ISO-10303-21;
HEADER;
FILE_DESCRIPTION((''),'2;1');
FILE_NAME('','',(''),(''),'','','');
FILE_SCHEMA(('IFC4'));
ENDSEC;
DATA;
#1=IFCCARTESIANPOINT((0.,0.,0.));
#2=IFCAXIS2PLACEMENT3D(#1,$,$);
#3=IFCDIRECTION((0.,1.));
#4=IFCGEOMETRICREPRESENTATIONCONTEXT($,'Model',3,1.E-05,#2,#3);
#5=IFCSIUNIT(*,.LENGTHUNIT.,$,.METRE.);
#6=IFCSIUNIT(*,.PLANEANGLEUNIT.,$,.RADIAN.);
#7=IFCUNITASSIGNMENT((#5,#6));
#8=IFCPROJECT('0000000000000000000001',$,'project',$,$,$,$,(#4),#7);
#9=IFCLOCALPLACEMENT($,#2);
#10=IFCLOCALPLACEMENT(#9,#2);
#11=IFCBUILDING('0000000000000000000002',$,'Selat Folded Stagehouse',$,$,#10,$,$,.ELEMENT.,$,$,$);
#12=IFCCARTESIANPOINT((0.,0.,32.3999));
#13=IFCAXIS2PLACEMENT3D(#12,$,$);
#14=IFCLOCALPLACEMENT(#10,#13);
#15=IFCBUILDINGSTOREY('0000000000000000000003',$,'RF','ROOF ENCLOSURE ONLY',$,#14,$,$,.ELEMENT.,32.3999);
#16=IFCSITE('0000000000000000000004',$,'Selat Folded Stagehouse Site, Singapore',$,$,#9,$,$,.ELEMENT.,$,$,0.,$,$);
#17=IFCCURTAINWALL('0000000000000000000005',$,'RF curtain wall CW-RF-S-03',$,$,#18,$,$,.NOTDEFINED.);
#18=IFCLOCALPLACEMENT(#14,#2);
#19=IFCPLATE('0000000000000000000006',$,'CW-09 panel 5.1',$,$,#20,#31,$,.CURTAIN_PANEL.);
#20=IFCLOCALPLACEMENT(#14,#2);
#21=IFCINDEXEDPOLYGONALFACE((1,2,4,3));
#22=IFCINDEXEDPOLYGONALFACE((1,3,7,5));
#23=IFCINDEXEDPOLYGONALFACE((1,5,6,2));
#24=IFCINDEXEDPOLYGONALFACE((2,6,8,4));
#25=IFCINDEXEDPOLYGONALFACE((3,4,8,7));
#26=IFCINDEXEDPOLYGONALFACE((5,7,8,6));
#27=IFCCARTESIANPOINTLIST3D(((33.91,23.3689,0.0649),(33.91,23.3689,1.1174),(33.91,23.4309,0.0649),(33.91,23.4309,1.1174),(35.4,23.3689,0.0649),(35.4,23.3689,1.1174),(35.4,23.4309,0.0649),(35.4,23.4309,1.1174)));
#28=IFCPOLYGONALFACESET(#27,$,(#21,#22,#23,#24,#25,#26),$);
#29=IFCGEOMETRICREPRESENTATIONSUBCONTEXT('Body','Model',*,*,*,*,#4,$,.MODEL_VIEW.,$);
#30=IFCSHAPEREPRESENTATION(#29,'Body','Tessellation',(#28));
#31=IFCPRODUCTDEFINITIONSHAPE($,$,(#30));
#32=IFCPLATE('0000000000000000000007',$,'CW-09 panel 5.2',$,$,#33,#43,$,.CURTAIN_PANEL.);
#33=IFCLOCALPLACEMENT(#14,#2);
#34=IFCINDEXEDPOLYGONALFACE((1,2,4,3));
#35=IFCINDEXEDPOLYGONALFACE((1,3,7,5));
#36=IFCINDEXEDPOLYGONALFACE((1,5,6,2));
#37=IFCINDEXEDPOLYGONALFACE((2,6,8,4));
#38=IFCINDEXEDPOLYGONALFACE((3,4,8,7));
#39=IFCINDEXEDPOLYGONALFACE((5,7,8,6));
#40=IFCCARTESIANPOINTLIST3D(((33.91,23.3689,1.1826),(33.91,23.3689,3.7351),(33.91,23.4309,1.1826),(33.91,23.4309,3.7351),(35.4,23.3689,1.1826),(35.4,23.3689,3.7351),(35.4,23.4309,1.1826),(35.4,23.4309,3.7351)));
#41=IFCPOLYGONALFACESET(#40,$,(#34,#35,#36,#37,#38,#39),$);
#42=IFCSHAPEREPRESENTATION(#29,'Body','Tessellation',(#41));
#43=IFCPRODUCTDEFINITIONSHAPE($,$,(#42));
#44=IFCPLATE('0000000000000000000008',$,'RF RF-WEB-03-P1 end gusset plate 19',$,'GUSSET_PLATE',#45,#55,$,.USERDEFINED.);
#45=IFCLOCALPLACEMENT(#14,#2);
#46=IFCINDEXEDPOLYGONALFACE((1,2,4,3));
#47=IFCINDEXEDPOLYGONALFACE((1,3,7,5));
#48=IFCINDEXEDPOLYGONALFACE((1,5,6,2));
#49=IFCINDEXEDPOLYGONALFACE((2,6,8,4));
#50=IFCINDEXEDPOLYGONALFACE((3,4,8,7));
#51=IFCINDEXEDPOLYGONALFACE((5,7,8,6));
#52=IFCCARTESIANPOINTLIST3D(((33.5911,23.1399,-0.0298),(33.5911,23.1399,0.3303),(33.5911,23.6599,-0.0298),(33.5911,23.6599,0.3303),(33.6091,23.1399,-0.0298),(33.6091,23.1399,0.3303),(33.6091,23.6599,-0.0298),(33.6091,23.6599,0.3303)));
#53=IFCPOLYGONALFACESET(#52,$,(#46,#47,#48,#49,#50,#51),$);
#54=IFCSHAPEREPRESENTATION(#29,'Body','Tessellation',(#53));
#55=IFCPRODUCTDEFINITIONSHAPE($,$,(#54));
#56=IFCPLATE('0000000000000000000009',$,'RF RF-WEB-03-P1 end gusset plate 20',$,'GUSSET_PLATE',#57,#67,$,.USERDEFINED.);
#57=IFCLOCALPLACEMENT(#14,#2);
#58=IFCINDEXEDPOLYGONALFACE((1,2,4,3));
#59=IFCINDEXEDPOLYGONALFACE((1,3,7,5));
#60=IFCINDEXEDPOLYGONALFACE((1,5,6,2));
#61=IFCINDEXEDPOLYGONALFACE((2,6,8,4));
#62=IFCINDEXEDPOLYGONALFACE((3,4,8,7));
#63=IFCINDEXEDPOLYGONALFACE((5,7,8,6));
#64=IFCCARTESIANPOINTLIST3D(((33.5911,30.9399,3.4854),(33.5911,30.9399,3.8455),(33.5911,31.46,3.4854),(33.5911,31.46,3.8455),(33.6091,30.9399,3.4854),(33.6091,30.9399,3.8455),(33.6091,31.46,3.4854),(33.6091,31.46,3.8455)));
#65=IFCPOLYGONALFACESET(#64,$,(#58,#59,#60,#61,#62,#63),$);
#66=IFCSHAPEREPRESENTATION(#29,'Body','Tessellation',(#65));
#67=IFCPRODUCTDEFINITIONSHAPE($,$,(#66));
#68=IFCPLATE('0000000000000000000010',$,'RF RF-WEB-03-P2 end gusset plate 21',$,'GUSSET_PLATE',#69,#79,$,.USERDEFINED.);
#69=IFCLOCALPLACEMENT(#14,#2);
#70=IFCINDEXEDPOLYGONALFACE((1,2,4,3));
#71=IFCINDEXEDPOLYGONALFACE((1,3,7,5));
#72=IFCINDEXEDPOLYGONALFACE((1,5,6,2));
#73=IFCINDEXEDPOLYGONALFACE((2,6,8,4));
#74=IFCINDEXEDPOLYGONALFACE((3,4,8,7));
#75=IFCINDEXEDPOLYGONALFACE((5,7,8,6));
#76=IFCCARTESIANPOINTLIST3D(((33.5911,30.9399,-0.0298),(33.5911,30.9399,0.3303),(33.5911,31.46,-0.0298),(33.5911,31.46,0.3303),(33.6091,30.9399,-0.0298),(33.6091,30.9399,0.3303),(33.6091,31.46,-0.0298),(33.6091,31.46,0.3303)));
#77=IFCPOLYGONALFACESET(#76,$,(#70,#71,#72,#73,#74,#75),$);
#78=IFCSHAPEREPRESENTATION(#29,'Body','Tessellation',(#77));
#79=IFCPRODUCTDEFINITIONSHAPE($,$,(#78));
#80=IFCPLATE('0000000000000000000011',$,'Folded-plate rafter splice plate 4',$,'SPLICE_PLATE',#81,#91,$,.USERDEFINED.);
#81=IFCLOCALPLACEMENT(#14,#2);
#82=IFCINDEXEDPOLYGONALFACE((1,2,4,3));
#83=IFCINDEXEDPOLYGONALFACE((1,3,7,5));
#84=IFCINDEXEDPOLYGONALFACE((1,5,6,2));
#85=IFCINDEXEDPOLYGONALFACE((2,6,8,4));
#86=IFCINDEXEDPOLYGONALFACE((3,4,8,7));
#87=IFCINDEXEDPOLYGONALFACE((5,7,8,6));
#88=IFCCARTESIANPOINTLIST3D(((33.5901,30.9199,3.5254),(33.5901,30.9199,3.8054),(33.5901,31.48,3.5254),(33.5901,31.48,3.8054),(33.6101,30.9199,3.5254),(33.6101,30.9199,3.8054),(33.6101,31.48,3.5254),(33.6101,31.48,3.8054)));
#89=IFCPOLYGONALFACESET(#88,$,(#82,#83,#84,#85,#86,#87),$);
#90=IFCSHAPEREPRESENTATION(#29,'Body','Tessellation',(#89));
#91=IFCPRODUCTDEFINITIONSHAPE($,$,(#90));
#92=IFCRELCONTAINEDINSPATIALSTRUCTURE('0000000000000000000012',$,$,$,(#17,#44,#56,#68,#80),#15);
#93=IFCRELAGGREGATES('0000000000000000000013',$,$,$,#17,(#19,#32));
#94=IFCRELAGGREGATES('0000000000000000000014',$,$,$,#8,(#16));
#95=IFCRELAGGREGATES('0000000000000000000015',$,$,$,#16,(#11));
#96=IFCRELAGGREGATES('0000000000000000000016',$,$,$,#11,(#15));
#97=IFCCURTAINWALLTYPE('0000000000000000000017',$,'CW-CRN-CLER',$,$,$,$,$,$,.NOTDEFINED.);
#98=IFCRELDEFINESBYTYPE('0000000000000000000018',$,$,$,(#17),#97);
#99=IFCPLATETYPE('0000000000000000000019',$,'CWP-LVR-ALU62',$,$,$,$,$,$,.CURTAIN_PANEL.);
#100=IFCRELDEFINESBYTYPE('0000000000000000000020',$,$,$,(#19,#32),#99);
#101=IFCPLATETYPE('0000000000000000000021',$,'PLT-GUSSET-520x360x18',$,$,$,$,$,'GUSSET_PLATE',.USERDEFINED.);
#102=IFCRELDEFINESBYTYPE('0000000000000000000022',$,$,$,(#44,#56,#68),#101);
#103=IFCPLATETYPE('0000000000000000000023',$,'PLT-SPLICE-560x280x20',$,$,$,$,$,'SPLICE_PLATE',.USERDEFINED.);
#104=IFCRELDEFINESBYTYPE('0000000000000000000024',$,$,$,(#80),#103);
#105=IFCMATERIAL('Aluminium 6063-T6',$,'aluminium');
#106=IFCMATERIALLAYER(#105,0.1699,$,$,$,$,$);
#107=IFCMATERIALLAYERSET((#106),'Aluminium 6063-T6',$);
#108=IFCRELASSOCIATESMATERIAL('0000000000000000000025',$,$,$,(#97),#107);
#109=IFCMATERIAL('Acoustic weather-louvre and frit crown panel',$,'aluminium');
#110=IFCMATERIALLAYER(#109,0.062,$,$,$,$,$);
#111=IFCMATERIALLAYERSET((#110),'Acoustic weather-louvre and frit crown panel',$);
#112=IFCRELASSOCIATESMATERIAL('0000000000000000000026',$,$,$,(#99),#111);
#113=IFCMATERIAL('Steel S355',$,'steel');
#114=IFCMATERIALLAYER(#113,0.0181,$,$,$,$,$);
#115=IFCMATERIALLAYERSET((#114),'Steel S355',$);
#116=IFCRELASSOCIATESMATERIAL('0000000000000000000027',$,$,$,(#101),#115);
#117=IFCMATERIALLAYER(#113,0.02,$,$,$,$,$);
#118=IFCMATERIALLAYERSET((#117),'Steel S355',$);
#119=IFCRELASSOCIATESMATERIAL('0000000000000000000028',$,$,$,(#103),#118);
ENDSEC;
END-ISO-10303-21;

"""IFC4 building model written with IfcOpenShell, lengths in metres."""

from ifc_helpers import new_model, si_unit, direction, frame, origin, origin_2d, place, context, subcontext, project, spatial, rectangle, extrude, material, layer, layer_set, type_object, element, aggregate, save


model = new_model("IFC4")

# Units and contexts
model_context = context("Model", 3, precision=1e-05, world=origin(), true_north=direction((0.0, 1.0)))
body_context = subcontext(model_context, "Body", "Model", "MODEL_VIEW")
ifc_project = project(units=[si_unit("LENGTHUNIT", "METRE"), si_unit("PLANEANGLEUNIT", "RADIAN")], contexts=[model_context])

# Site, building, storey
site_placement = place(None, origin())
site = spatial("IfcSite", under=ifc_project, at=site_placement, Name="Selat Folded Stagehouse Site, Singapore", CompositionType="ELEMENT", RefElevation=0.0)
building_placement = place(site_placement, origin())
building = spatial("IfcBuilding", under=site, at=building_placement, Name="Selat Folded Stagehouse", CompositionType="ELEMENT")
storey_placement = place(building_placement, frame((0.0, 0.0, 32.3999)))
storey = spatial("IfcBuildingStorey", under=building, at=storey_placement, Name="RF", Description="ROOF ENCLOSURE ONLY", CompositionType="ELEMENT", Elevation=32.3999)

# Shared definitions
ifc_material_1 = material(Name="Steel S355", Category="steel")

# Shared definitions
ifc_material_2 = material(Name="Aluminium 6063-T6", Category="aluminium")
ifc_layer_1 = layer(ifc_material_2, 0.1699)
ifc_layer_set_1 = layer_set([ifc_layer_1], Name="Aluminium 6063-T6")
curtain_wall_type = type_object("IfcCurtainWallType", Name="CW-CRN-CLER", PredefinedType="NOTDEFINED", material=ifc_layer_set_1)

# Curtain wall
curtain_wall_1_placement = place(storey_placement, origin())
curtain_wall_1 = element("IfcCurtainWall", 1, at=curtain_wall_1_placement, inside=storey, type_object=curtain_wall_type, Name="RF curtain wall CW-RF-S-03", PredefinedType="NOTDEFINED")

# Plates
ifc_material_3 = material(Name="Acoustic weather-louvre and frit crown panel", Category="aluminium")
ifc_layer_2 = layer(ifc_material_3, 0.062)
ifc_layer_set_2 = layer_set([ifc_layer_2], Name="Acoustic weather-louvre and frit crown panel")
plate_type_1 = type_object("IfcPlateType", Name="CWP-LVR-ALU62", PredefinedType="CURTAIN_PANEL", material=ifc_layer_set_2)
plate_1_placement = place(storey_placement, frame((34.655, 23.3999, 0.0649), z_axis=(0.0, 0.0, 1.0), x_axis=(-1.0, 0.0, 0.0)))
plate_1 = element("IfcPlate", 2, at=plate_1_placement, type_object=plate_type_1, Name="CW-09 panel 5.1", PredefinedType="CURTAIN_PANEL", context=body_context, shape_type="SweptSolid", body=[
    extrude(rectangle(XDim=1.49, YDim=0.062, at=origin_2d()), origin(), (0.0, 0.0, 1.0), 1.0525),
])
plate_2_placement = place(storey_placement, frame((34.655, 23.3999, 1.1826), z_axis=(0.0, 0.0, 1.0), x_axis=(-1.0, 0.0, 0.0)))
plate_2 = element("IfcPlate", 3, at=plate_2_placement, type_object=plate_type_1, Name="CW-09 panel 5.2", PredefinedType="CURTAIN_PANEL", context=body_context, shape_type="SweptSolid", body=[
    extrude(rectangle(XDim=1.49, YDim=0.062, at=origin_2d()), origin(), (0.0, 0.0, 1.0), 2.5525),
])
aggregate(curtain_wall_1, [plate_1, plate_2])

# Plates
ifc_layer_3 = layer(ifc_material_1, 0.0181)
ifc_layer_set_3 = layer_set([ifc_layer_3], Name="Steel S355")
plate_type_2 = type_object("IfcPlateType", Name="PLT-GUSSET-520x360x18", ElementType="GUSSET_PLATE", PredefinedType="USERDEFINED", material=ifc_layer_set_3)
for number, where, z_axis, x_axis, name in (
    (4, (33.6001, 23.3999, -0.0298), (0.0, 0.0, 1.0), (0.0, 1.0, 0.0), "RF RF-WEB-03-P1 end gusset plate 19"),
    (5, (33.6001, 31.2, 3.4854), (0.0, 0.0, 1.0), (0.0, 1.0, 0.0), "RF RF-WEB-03-P1 end gusset plate 20"),
    (6, (33.6001, 31.2, -0.0298), (0.0, 0.0, 1.0), (0.0, 1.0, 0.0), "RF RF-WEB-03-P2 end gusset plate 21"),
):
    element("IfcPlate", number, at=place(storey_placement, frame(where, z_axis=z_axis, x_axis=x_axis)), inside=storey, type_object=plate_type_2, Name=name, ObjectType="GUSSET_PLATE", PredefinedType="USERDEFINED", context=body_context, shape_type="SweptSolid", body=[
        extrude(rectangle(XDim=0.52, YDim=0.0181, at=origin_2d()), origin(), (0.0, 0.0, 1.0), 0.3601),
    ])
ifc_layer_4 = layer(ifc_material_1, 0.02)
ifc_layer_set_4 = layer_set([ifc_layer_4], Name="Steel S355")
plate_type_3 = type_object("IfcPlateType", Name="PLT-SPLICE-560x280x20", ElementType="SPLICE_PLATE", PredefinedType="USERDEFINED", material=ifc_layer_set_4)
plate_3_placement = place(storey_placement, frame((33.6001, 31.2, 3.5254), z_axis=(0.0, 0.0, 1.0), x_axis=(1.0, 0.0, 0.0)))
element("IfcPlate", 7, at=plate_3_placement, inside=storey, type_object=plate_type_3, Name="Folded-plate rafter splice plate 4", ObjectType="SPLICE_PLATE", PredefinedType="USERDEFINED", context=body_context, shape_type="SweptSolid", body=[
    extrude(rectangle(XDim=0.02, YDim=0.5601, at=origin_2d()), origin(), (0.0, 0.0, 1.0), 0.28),
])

save(model, "model.ifc")
